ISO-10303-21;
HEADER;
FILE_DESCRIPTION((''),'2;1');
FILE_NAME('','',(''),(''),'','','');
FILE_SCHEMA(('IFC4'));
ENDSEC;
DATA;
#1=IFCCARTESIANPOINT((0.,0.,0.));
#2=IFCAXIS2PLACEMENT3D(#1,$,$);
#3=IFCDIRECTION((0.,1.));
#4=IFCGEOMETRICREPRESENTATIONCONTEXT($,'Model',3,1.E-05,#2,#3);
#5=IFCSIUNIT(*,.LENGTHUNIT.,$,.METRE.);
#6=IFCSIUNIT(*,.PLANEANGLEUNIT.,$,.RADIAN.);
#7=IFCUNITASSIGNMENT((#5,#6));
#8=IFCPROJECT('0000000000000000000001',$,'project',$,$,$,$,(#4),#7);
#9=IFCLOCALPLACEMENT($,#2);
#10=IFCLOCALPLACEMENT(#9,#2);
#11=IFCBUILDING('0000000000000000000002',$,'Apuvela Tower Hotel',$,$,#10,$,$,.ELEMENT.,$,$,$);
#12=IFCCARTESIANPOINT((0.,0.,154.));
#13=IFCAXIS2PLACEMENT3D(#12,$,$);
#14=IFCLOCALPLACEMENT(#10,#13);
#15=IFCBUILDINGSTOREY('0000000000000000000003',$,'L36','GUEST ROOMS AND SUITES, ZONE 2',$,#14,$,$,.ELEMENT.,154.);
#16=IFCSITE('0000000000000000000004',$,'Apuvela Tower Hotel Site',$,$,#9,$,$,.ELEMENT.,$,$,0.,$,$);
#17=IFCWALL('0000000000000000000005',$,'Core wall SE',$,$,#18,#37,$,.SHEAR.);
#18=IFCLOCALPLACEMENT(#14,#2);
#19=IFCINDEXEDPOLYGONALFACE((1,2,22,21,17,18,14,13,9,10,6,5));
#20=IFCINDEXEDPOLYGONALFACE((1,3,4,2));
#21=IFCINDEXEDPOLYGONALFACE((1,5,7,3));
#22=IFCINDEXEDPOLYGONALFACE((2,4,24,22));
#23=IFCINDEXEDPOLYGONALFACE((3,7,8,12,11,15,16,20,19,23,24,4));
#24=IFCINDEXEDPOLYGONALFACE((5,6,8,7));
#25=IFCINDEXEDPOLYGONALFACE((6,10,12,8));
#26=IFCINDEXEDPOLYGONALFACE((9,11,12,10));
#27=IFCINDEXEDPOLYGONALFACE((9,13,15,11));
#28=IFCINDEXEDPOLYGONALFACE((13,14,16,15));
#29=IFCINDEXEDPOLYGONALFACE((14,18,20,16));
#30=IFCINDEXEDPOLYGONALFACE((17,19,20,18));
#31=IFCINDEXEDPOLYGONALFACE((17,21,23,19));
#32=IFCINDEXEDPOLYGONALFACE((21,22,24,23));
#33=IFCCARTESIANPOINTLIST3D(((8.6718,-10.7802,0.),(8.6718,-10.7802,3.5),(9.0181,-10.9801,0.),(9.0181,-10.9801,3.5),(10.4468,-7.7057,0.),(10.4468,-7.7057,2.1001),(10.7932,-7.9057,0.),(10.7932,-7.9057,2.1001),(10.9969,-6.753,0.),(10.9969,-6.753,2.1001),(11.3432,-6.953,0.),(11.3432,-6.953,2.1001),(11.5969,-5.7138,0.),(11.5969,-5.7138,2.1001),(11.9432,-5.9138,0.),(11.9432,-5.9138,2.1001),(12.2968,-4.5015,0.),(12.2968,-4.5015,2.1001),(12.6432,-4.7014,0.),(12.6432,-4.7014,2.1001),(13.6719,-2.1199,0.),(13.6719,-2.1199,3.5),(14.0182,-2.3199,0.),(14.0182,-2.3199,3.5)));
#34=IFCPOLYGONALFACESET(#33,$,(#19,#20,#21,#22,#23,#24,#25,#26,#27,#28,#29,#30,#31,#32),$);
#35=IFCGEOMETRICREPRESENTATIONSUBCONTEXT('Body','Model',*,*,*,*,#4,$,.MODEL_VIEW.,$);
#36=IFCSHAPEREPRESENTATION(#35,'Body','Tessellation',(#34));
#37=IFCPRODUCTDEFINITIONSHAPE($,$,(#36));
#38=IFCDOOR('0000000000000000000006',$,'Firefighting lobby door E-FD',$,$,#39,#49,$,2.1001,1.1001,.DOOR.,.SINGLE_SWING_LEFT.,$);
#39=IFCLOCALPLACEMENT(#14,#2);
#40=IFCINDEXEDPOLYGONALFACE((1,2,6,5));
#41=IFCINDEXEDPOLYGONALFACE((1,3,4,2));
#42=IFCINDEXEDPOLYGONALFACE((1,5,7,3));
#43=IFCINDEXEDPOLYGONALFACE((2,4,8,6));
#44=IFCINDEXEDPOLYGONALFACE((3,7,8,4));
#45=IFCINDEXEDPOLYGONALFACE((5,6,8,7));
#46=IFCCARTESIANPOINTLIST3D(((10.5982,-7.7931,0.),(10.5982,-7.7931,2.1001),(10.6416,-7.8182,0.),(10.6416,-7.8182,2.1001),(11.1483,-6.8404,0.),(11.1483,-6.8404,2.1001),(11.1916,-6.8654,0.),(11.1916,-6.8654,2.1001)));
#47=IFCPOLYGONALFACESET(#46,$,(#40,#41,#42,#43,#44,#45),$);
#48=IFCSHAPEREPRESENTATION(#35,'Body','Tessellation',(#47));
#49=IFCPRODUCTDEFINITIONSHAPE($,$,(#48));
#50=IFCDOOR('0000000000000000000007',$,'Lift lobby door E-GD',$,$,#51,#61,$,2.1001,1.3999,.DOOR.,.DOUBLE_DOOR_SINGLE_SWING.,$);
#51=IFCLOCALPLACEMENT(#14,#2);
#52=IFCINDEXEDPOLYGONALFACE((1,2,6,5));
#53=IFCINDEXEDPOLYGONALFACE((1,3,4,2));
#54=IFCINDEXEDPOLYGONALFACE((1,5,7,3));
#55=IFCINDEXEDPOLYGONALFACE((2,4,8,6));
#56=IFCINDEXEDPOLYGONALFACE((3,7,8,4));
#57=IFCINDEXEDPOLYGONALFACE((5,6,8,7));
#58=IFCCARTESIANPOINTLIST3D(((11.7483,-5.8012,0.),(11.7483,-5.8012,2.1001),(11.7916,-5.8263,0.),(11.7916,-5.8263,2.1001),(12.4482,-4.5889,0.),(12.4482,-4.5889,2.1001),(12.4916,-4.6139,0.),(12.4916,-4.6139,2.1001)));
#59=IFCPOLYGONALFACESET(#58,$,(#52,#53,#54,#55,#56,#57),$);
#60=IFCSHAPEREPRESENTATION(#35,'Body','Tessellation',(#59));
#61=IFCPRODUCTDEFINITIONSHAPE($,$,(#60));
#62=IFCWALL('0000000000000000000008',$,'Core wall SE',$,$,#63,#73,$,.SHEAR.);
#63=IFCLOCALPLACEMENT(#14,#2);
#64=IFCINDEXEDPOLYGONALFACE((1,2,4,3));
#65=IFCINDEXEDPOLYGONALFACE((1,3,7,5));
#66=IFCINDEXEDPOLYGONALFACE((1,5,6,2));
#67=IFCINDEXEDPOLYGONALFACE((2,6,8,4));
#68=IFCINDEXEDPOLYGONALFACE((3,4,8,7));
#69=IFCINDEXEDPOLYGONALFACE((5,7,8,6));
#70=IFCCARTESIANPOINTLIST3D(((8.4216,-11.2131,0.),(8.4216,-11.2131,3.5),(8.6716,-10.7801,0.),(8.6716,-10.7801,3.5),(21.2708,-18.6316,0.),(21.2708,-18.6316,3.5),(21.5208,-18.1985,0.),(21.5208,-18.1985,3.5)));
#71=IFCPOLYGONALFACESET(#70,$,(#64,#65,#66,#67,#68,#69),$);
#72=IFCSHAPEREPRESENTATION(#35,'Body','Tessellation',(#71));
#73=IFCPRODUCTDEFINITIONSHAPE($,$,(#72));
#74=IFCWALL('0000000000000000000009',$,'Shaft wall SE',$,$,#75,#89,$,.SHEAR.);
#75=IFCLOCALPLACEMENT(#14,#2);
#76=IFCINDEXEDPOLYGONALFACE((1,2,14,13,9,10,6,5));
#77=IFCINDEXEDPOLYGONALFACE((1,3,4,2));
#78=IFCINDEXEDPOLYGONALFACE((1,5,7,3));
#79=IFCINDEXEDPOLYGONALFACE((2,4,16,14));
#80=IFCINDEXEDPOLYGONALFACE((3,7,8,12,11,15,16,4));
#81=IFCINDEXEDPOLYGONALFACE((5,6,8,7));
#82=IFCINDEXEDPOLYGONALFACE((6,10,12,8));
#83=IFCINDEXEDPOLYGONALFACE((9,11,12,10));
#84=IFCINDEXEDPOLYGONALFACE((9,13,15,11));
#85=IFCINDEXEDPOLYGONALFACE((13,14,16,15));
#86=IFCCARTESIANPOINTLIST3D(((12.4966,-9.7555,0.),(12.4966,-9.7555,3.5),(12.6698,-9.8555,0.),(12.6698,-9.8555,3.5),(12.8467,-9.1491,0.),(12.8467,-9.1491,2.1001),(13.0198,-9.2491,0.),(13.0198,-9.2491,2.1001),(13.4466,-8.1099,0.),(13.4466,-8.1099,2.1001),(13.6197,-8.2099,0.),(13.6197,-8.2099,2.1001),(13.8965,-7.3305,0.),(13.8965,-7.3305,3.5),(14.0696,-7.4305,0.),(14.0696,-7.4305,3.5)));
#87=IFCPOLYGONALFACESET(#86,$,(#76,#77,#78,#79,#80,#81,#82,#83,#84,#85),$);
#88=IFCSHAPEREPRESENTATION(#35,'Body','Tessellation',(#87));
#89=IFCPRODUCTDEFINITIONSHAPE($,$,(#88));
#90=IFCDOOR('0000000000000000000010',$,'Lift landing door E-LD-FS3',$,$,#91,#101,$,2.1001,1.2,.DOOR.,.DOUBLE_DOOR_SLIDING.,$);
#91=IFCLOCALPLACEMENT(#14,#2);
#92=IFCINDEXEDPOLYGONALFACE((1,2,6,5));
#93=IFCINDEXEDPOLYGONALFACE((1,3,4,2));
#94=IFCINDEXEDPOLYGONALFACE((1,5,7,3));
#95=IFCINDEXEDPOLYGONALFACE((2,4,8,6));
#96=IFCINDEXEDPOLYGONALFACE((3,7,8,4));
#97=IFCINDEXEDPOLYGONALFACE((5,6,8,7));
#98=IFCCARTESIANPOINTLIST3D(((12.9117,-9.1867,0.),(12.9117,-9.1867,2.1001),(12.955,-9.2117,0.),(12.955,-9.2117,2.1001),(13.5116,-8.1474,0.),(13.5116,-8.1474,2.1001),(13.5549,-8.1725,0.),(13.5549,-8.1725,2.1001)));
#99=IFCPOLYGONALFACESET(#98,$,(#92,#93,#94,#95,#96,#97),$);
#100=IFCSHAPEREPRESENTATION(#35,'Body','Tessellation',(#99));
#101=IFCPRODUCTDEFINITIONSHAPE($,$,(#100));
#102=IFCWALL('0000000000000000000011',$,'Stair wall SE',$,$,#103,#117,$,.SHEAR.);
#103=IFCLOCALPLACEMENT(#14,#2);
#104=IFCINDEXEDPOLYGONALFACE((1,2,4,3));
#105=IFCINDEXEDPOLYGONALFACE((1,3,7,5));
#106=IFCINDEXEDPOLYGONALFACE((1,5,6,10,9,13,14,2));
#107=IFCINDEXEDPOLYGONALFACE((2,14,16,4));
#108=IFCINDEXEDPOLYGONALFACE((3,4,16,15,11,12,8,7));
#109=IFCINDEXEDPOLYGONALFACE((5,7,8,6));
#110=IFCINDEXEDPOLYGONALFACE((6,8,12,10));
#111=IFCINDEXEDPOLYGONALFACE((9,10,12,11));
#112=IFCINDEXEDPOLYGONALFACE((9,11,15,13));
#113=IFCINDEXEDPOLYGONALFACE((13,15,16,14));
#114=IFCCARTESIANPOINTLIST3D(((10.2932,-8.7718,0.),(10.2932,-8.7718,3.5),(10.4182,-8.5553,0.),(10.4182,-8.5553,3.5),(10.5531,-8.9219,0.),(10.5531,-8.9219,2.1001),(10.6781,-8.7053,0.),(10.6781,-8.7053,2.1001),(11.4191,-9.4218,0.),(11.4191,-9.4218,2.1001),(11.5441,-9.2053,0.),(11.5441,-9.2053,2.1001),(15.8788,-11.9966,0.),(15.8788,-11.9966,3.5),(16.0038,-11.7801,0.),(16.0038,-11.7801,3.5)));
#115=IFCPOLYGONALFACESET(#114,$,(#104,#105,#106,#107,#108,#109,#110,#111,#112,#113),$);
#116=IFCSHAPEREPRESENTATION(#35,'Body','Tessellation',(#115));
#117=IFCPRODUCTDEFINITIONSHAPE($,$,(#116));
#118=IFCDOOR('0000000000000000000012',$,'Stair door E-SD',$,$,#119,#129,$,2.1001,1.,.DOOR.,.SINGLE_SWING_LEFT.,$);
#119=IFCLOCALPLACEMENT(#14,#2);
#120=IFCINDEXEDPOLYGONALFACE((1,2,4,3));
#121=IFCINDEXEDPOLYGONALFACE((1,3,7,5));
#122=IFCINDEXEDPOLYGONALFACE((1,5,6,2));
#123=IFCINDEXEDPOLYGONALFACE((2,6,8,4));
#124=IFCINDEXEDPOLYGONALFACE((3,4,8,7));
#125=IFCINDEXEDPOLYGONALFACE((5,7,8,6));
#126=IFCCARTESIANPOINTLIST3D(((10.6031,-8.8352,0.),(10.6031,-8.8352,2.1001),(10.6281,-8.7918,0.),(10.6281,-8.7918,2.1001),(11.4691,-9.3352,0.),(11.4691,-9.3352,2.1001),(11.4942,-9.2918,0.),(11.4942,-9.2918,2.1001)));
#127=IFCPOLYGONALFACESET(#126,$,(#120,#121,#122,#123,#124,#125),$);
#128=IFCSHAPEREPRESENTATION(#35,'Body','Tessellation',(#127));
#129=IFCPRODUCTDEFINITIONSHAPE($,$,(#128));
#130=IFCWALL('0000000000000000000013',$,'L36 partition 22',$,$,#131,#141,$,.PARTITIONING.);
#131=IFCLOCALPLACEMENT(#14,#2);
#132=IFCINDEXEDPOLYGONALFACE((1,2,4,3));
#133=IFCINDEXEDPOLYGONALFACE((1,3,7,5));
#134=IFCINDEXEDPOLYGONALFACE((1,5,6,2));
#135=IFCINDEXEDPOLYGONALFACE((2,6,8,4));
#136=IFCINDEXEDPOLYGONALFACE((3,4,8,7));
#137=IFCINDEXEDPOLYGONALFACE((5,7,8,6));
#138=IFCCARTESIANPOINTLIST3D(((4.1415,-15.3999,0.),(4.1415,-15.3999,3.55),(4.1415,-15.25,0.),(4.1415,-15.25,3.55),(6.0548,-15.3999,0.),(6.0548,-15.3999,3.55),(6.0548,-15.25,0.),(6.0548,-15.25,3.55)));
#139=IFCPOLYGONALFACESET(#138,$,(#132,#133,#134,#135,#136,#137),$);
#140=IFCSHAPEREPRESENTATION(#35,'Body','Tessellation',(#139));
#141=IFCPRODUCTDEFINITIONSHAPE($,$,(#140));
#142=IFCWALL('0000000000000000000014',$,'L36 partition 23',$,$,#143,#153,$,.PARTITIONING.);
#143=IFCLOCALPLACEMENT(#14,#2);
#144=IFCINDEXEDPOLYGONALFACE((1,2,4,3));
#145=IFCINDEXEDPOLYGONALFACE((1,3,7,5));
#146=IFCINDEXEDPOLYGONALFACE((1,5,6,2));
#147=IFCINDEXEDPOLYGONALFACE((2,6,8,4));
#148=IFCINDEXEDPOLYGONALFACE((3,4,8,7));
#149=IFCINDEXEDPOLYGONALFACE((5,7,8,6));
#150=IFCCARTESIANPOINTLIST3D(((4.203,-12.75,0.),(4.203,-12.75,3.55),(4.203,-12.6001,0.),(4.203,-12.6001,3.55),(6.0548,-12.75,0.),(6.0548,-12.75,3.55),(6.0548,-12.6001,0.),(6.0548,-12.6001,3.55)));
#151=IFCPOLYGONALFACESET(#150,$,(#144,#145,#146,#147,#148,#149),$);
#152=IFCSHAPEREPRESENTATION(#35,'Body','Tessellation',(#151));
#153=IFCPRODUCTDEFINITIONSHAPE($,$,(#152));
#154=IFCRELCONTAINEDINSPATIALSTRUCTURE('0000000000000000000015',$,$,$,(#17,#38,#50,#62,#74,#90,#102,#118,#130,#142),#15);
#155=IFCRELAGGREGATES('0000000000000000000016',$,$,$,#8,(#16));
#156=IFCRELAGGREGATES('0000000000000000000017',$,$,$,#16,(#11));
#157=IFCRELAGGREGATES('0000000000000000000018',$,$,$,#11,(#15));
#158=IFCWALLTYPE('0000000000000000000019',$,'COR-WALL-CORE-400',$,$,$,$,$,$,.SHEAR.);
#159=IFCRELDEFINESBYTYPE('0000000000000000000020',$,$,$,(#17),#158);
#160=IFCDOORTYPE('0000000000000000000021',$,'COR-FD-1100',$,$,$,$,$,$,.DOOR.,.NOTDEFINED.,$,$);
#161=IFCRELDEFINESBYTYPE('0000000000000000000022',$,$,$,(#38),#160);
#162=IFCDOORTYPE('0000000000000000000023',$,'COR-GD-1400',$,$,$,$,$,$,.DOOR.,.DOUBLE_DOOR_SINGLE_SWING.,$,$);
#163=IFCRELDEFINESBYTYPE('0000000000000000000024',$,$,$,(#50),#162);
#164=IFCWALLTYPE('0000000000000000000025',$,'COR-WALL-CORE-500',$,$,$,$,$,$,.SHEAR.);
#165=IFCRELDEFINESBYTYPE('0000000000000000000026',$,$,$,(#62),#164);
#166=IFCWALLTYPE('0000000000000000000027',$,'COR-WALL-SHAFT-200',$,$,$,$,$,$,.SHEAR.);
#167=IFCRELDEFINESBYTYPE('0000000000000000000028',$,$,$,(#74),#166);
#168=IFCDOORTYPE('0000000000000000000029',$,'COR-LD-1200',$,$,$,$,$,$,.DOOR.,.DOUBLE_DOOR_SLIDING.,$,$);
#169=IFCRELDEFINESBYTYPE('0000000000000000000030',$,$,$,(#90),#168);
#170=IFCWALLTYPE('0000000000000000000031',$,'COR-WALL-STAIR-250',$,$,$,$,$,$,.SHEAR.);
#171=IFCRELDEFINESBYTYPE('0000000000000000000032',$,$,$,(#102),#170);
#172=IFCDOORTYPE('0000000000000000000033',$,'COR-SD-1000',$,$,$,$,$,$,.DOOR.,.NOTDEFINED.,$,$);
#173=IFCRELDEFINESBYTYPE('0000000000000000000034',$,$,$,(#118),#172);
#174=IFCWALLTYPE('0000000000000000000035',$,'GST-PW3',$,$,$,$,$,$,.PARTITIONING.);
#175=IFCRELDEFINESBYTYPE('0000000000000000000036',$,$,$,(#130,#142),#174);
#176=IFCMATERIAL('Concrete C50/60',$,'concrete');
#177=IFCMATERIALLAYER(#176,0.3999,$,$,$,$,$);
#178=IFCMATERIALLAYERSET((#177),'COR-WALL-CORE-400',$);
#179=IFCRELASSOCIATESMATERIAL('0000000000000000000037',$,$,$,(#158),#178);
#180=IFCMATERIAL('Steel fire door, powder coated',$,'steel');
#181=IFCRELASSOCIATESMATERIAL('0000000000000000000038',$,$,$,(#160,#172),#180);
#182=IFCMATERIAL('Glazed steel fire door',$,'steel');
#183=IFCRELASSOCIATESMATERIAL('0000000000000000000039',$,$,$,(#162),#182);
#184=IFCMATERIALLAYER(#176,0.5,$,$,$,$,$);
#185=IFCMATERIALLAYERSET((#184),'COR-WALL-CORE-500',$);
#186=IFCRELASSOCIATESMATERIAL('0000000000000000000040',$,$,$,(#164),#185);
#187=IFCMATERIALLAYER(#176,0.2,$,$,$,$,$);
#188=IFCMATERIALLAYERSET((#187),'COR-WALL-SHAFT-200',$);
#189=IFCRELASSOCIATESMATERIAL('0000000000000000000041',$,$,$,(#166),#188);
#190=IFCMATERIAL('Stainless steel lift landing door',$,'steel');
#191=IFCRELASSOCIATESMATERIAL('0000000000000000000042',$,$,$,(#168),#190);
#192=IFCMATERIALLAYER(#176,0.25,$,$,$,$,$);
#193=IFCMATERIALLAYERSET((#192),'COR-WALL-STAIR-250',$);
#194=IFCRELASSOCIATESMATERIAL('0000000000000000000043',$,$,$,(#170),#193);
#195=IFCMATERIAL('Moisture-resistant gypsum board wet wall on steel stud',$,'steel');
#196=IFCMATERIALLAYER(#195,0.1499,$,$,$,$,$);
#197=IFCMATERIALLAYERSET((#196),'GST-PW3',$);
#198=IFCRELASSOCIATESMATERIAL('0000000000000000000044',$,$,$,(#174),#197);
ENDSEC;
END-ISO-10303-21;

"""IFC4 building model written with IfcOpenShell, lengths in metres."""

from ifc_helpers import new_model, si_unit, direction, frame, frame_2d, origin, place, context, subcontext, project, spatial, rectangle, extrude, material, layer, layer_set, type_object, element, fill, save


model = new_model("IFC4")

# Units and contexts
model_context = context("Model", 3, precision=1e-05, world=origin(), true_north=direction((0.0, 1.0)))
body_context = subcontext(model_context, "Body", "Model", "MODEL_VIEW")
ifc_project = project(units=[si_unit("LENGTHUNIT", "METRE"), si_unit("PLANEANGLEUNIT", "RADIAN")], contexts=[model_context])

# Site, building, storey
site_placement = place(None, origin())
site = spatial("IfcSite", under=ifc_project, at=site_placement, Name="Apuvela Tower Hotel Site", CompositionType="ELEMENT", RefElevation=0.0)
building_placement = place(site_placement, origin())
building = spatial("IfcBuilding", under=site, at=building_placement, Name="Apuvela Tower Hotel", CompositionType="ELEMENT")
storey_placement = place(building_placement, frame((0.0, 0.0, 154.0)))
storey = spatial("IfcBuildingStorey", under=building, at=storey_placement, Name="L36", Description="GUEST ROOMS AND SUITES, ZONE 2", CompositionType="ELEMENT", Elevation=154.0)

# Wall, openings, doors
ifc_material_1 = material(Name="Concrete C50/60", Category="concrete")
ifc_layer_1 = layer(ifc_material_1, 0.3999)
ifc_layer_set_1 = layer_set([ifc_layer_1], Name="COR-WALL-CORE-400")
wall_type_1 = type_object("IfcWallType", Name="COR-WALL-CORE-400", PredefinedType="SHEAR", material=ifc_layer_set_1)
wall_1_placement = place(storey_placement, frame((8.845, -10.8801, 0.0), z_axis=(0.0, 0.0, 1.0), x_axis=(0.500004, 0.866023, 0.0)))
wall_1 = element("IfcWall", 1, at=wall_1_placement, inside=storey, type_object=wall_type_1, Name="Core wall SE", PredefinedType="SHEAR", context=body_context, shape_type="SweptSolid", body=[
    extrude(rectangle(XDim=10.0, YDim=0.3999, at=frame_2d((5.0, 0.0))), origin(), (0.0, 0.0, 1.0), 3.5),
])
opening_1_placement = place(wall_1_placement, frame((3.55, 0.0, 0.0)))
opening_1 = element("IfcOpeningElement", 2, at=opening_1_placement, cuts=wall_1, PredefinedType="OPENING", context=body_context, shape_type="SweptSolid", body=[
    extrude(rectangle(XDim=1.1001, YDim=2.1001, at=frame_2d((0.55, 1.05))), frame((0.0, 0.21, 0.0), z_axis=(0.0, -1.0, 0.0), x_axis=(1.0, 0.0, 0.0)), (0.0, 0.0, 1.0), 0.4199),
])
opening_2_placement = place(wall_1_placement, frame((5.8501, 0.0, 0.0)))
opening_2 = element("IfcOpeningElement", 3, at=opening_2_placement, cuts=wall_1, PredefinedType="OPENING", context=body_context, shape_type="SweptSolid", body=[
    extrude(rectangle(XDim=1.3999, YDim=2.1001, at=frame_2d((0.7, 1.05))), frame((0.0, 0.21, 0.0), z_axis=(0.0, -1.0, 0.0), x_axis=(1.0, 0.0, 0.0)), (0.0, 0.0, 1.0), 0.4199),
])
ifc_material_2 = material(Name="Steel fire door, powder coated", Category="steel")
door_type_1 = type_object("IfcDoorType", Name="COR-FD-1100", OperationType="NOTDEFINED", PredefinedType="DOOR", material=ifc_material_2)
door_1_placement = place(opening_1_placement, frame((1.1001, 0.0, 0.0), z_axis=(0.0, 0.0, 1.0), x_axis=(-1.0, 0.0, 0.0)))
door_1 = element("IfcDoor", 4, at=door_1_placement, inside=storey, type_object=door_type_1, Name="Firefighting lobby door E-FD", OperationType="SINGLE_SWING_LEFT", OverallHeight=2.1001, OverallWidth=1.1001, PredefinedType="DOOR", context=body_context, shape_type="SweptSolid", body=[
    extrude(rectangle(XDim=1.1001, YDim=2.1001, at=frame_2d((0.55, 1.05))), frame((0.0, 0.0249, 0.0), z_axis=(0.0, -1.0, 0.0), x_axis=(1.0, 0.0, 0.0)), (0.0, 0.0, 1.0), 0.05),
])
fill(opening_1, door_1)
ifc_material_3 = material(Name="Glazed steel fire door", Category="steel")
door_type_2 = type_object("IfcDoorType", Name="COR-GD-1400", OperationType="DOUBLE_DOOR_SINGLE_SWING", PredefinedType="DOOR", material=ifc_material_3)
door_2_placement = place(opening_2_placement, frame((1.3999, 0.0, 0.0), z_axis=(0.0, 0.0, 1.0), x_axis=(-1.0, 0.0, 0.0)))
door_2 = element("IfcDoor", 5, at=door_2_placement, inside=storey, type_object=door_type_2, Name="Lift lobby door E-GD", OperationType="DOUBLE_DOOR_SINGLE_SWING", OverallHeight=2.1001, OverallWidth=1.3999, PredefinedType="DOOR", context=body_context, shape_type="SweptSolid", body=[
    extrude(rectangle(XDim=1.3999, YDim=2.1001, at=frame_2d((0.7, 1.05))), frame((0.0, 0.0249, 0.0), z_axis=(0.0, -1.0, 0.0), x_axis=(1.0, 0.0, 0.0)), (0.0, 0.0, 1.0), 0.05),
])
fill(opening_2, door_2)

# Wall
ifc_layer_2 = layer(ifc_material_1, 0.5)
ifc_layer_set_2 = layer_set([ifc_layer_2], Name="COR-WALL-CORE-500")
wall_type_2 = type_object("IfcWallType", Name="COR-WALL-CORE-500", PredefinedType="SHEAR", material=ifc_layer_set_2)
wall_2_placement = place(storey_placement, frame((8.5466, -10.9966, 0.0), z_axis=(0.0, 0.0, 1.0), x_axis=(0.866025, -0.500001, 0.0)))
element("IfcWall", 6, at=wall_2_placement, inside=storey, type_object=wall_type_2, Name="Core wall SE", PredefinedType="SHEAR", context=body_context, shape_type="SweptSolid", body=[
    extrude(rectangle(XDim=14.8369, YDim=0.5, at=frame_2d((7.4185, 0.0))), origin(), (0.0, 0.0, 1.0), 3.5),
])

# Walls, openings, doors
ifc_layer_3 = layer(ifc_material_1, 0.2)
ifc_layer_set_3 = layer_set([ifc_layer_3], Name="COR-WALL-SHAFT-200")
wall_type_3 = type_object("IfcWallType", Name="COR-WALL-SHAFT-200", PredefinedType="SHEAR", material=ifc_layer_set_3)
wall_3_placement = place(storey_placement, frame((12.5833, -9.8054, 0.0), z_axis=(0.0, 0.0, 1.0), x_axis=(0.499946, 0.866056, 0.0)))
wall_3 = element("IfcWall", 7, at=wall_3_placement, inside=storey, type_object=wall_type_3, Name="Shaft wall SE", PredefinedType="SHEAR", context=body_context, shape_type="SweptSolid", body=[
    extrude(rectangle(XDim=2.8, YDim=0.2, at=frame_2d((1.3999, 0.0))), origin(), (0.0, 0.0, 1.0), 3.5),
])
opening_3_placement = place(wall_3_placement, frame((0.7, 0.0, 0.0)))
opening_3 = element("IfcOpeningElement", 8, at=opening_3_placement, cuts=wall_3, PredefinedType="OPENING", context=body_context, shape_type="SweptSolid", body=[
    extrude(rectangle(XDim=1.2, YDim=2.1001, at=frame_2d((0.6001, 1.05))), frame((0.0, 0.1099, 0.0), z_axis=(0.0, -1.0, 0.0), x_axis=(1.0, 0.0, 0.0)), (0.0, 0.0, 1.0), 0.22),
])
ifc_material_4 = material(Name="Stainless steel lift landing door", Category="steel")
door_type_3 = type_object("IfcDoorType", Name="COR-LD-1200", OperationType="DOUBLE_DOOR_SLIDING", PredefinedType="DOOR", material=ifc_material_4)
door_3_placement = place(opening_3_placement, origin())
door_3 = element("IfcDoor", 9, at=door_3_placement, inside=storey, type_object=door_type_3, Name="Lift landing door E-LD-FS3", OperationType="DOUBLE_DOOR_SLIDING", OverallHeight=2.1001, OverallWidth=1.2, PredefinedType="DOOR", context=body_context, shape_type="SweptSolid", body=[
    extrude(rectangle(XDim=1.2, YDim=2.1001, at=frame_2d((0.6001, 1.05))), frame((0.0, 0.0249, 0.0), z_axis=(0.0, -1.0, 0.0), x_axis=(1.0, 0.0, 0.0)), (0.0, 0.0, 1.0), 0.05),
])
fill(opening_3, door_3)
ifc_layer_4 = layer(ifc_material_1, 0.25)
ifc_layer_set_4 = layer_set([ifc_layer_4], Name="COR-WALL-STAIR-250")
wall_type_4 = type_object("IfcWallType", Name="COR-WALL-STAIR-250", PredefinedType="SHEAR", material=ifc_layer_set_4)
wall_4_placement = place(storey_placement, frame((10.3557, -8.6636, 0.0), z_axis=(0.0, 0.0, 1.0), x_axis=(0.866029, -0.499994, 0.0)))
wall_4 = element("IfcWall", 10, at=wall_4_placement, inside=storey, type_object=wall_type_4, Name="Stair wall SE", PredefinedType="SHEAR", context=body_context, shape_type="SweptSolid", body=[
    extrude(rectangle(XDim=6.4497, YDim=0.25, at=frame_2d((3.2249, 0.0))), origin(), (0.0, 0.0, 1.0), 3.5),
])
opening_4_placement = place(wall_4_placement, frame((0.3, 0.0, 0.0)))
opening_4 = element("IfcOpeningElement", 11, at=opening_4_placement, cuts=wall_4, PredefinedType="OPENING", context=body_context, shape_type="SweptSolid", body=[
    extrude(rectangle(XDim=1.0, YDim=2.1001, at=frame_2d((0.5, 1.05))), frame((0.0, 0.135, 0.0), z_axis=(0.0, -1.0, 0.0), x_axis=(1.0, 0.0, 0.0)), (0.0, 0.0, 1.0), 0.27),
])
door_type_4 = type_object("IfcDoorType", Name="COR-SD-1000", OperationType="NOTDEFINED", PredefinedType="DOOR", material=ifc_material_2)
door_4_placement = place(opening_4_placement, frame((1.0, 0.0, 0.0), z_axis=(0.0, 0.0, 1.0), x_axis=(-1.0, 0.0, 0.0)))
door_4 = element("IfcDoor", 12, at=door_4_placement, inside=storey, type_object=door_type_4, Name="Stair door E-SD", OperationType="SINGLE_SWING_LEFT", OverallHeight=2.1001, OverallWidth=1.0, PredefinedType="DOOR", context=body_context, shape_type="SweptSolid", body=[
    extrude(rectangle(XDim=1.0, YDim=2.1001, at=frame_2d((0.5, 1.05))), frame((0.0, 0.0249, 0.0), z_axis=(0.0, -1.0, 0.0), x_axis=(1.0, 0.0, 0.0)), (0.0, 0.0, 1.0), 0.05),
])
fill(opening_4, door_4)

# Walls
ifc_material_5 = material(Name="Moisture-resistant gypsum board wet wall on steel stud", Category="steel")
ifc_layer_5 = layer(ifc_material_5, 0.1499)
ifc_layer_set_5 = layer_set([ifc_layer_5], Name="GST-PW3")
wall_type_5 = type_object("IfcWallType", Name="GST-PW3", PredefinedType="PARTITIONING", material=ifc_layer_set_5)
wall_5_placement = place(storey_placement, frame((4.1416, -15.325, 0.0), z_axis=(0.0, 0.0, 1.0), x_axis=(1.0, 0.0, 0.0)))
element("IfcWall", 13, at=wall_5_placement, inside=storey, type_object=wall_type_5, Name="L36 partition 22", PredefinedType="PARTITIONING", context=body_context, shape_type="SweptSolid", body=[
    extrude(rectangle(XDim=1.9133, YDim=0.1499, at=frame_2d((0.9565, 0.0))), origin(), (0.0, 0.0, 1.0), 3.55),
])
wall_6_placement = place(storey_placement, frame((4.2031, -12.675, 0.0), z_axis=(0.0, 0.0, 1.0), x_axis=(1.0, 0.0, 0.0)))
element("IfcWall", 14, at=wall_6_placement, inside=storey, type_object=wall_type_5, Name="L36 partition 23", PredefinedType="PARTITIONING", context=body_context, shape_type="SweptSolid", body=[
    extrude(rectangle(XDim=1.8518, YDim=0.1499, at=frame_2d((0.9258, 0.0))), origin(), (0.0, 0.0, 1.0), 3.55),
])

save(model, "model.ifc")
